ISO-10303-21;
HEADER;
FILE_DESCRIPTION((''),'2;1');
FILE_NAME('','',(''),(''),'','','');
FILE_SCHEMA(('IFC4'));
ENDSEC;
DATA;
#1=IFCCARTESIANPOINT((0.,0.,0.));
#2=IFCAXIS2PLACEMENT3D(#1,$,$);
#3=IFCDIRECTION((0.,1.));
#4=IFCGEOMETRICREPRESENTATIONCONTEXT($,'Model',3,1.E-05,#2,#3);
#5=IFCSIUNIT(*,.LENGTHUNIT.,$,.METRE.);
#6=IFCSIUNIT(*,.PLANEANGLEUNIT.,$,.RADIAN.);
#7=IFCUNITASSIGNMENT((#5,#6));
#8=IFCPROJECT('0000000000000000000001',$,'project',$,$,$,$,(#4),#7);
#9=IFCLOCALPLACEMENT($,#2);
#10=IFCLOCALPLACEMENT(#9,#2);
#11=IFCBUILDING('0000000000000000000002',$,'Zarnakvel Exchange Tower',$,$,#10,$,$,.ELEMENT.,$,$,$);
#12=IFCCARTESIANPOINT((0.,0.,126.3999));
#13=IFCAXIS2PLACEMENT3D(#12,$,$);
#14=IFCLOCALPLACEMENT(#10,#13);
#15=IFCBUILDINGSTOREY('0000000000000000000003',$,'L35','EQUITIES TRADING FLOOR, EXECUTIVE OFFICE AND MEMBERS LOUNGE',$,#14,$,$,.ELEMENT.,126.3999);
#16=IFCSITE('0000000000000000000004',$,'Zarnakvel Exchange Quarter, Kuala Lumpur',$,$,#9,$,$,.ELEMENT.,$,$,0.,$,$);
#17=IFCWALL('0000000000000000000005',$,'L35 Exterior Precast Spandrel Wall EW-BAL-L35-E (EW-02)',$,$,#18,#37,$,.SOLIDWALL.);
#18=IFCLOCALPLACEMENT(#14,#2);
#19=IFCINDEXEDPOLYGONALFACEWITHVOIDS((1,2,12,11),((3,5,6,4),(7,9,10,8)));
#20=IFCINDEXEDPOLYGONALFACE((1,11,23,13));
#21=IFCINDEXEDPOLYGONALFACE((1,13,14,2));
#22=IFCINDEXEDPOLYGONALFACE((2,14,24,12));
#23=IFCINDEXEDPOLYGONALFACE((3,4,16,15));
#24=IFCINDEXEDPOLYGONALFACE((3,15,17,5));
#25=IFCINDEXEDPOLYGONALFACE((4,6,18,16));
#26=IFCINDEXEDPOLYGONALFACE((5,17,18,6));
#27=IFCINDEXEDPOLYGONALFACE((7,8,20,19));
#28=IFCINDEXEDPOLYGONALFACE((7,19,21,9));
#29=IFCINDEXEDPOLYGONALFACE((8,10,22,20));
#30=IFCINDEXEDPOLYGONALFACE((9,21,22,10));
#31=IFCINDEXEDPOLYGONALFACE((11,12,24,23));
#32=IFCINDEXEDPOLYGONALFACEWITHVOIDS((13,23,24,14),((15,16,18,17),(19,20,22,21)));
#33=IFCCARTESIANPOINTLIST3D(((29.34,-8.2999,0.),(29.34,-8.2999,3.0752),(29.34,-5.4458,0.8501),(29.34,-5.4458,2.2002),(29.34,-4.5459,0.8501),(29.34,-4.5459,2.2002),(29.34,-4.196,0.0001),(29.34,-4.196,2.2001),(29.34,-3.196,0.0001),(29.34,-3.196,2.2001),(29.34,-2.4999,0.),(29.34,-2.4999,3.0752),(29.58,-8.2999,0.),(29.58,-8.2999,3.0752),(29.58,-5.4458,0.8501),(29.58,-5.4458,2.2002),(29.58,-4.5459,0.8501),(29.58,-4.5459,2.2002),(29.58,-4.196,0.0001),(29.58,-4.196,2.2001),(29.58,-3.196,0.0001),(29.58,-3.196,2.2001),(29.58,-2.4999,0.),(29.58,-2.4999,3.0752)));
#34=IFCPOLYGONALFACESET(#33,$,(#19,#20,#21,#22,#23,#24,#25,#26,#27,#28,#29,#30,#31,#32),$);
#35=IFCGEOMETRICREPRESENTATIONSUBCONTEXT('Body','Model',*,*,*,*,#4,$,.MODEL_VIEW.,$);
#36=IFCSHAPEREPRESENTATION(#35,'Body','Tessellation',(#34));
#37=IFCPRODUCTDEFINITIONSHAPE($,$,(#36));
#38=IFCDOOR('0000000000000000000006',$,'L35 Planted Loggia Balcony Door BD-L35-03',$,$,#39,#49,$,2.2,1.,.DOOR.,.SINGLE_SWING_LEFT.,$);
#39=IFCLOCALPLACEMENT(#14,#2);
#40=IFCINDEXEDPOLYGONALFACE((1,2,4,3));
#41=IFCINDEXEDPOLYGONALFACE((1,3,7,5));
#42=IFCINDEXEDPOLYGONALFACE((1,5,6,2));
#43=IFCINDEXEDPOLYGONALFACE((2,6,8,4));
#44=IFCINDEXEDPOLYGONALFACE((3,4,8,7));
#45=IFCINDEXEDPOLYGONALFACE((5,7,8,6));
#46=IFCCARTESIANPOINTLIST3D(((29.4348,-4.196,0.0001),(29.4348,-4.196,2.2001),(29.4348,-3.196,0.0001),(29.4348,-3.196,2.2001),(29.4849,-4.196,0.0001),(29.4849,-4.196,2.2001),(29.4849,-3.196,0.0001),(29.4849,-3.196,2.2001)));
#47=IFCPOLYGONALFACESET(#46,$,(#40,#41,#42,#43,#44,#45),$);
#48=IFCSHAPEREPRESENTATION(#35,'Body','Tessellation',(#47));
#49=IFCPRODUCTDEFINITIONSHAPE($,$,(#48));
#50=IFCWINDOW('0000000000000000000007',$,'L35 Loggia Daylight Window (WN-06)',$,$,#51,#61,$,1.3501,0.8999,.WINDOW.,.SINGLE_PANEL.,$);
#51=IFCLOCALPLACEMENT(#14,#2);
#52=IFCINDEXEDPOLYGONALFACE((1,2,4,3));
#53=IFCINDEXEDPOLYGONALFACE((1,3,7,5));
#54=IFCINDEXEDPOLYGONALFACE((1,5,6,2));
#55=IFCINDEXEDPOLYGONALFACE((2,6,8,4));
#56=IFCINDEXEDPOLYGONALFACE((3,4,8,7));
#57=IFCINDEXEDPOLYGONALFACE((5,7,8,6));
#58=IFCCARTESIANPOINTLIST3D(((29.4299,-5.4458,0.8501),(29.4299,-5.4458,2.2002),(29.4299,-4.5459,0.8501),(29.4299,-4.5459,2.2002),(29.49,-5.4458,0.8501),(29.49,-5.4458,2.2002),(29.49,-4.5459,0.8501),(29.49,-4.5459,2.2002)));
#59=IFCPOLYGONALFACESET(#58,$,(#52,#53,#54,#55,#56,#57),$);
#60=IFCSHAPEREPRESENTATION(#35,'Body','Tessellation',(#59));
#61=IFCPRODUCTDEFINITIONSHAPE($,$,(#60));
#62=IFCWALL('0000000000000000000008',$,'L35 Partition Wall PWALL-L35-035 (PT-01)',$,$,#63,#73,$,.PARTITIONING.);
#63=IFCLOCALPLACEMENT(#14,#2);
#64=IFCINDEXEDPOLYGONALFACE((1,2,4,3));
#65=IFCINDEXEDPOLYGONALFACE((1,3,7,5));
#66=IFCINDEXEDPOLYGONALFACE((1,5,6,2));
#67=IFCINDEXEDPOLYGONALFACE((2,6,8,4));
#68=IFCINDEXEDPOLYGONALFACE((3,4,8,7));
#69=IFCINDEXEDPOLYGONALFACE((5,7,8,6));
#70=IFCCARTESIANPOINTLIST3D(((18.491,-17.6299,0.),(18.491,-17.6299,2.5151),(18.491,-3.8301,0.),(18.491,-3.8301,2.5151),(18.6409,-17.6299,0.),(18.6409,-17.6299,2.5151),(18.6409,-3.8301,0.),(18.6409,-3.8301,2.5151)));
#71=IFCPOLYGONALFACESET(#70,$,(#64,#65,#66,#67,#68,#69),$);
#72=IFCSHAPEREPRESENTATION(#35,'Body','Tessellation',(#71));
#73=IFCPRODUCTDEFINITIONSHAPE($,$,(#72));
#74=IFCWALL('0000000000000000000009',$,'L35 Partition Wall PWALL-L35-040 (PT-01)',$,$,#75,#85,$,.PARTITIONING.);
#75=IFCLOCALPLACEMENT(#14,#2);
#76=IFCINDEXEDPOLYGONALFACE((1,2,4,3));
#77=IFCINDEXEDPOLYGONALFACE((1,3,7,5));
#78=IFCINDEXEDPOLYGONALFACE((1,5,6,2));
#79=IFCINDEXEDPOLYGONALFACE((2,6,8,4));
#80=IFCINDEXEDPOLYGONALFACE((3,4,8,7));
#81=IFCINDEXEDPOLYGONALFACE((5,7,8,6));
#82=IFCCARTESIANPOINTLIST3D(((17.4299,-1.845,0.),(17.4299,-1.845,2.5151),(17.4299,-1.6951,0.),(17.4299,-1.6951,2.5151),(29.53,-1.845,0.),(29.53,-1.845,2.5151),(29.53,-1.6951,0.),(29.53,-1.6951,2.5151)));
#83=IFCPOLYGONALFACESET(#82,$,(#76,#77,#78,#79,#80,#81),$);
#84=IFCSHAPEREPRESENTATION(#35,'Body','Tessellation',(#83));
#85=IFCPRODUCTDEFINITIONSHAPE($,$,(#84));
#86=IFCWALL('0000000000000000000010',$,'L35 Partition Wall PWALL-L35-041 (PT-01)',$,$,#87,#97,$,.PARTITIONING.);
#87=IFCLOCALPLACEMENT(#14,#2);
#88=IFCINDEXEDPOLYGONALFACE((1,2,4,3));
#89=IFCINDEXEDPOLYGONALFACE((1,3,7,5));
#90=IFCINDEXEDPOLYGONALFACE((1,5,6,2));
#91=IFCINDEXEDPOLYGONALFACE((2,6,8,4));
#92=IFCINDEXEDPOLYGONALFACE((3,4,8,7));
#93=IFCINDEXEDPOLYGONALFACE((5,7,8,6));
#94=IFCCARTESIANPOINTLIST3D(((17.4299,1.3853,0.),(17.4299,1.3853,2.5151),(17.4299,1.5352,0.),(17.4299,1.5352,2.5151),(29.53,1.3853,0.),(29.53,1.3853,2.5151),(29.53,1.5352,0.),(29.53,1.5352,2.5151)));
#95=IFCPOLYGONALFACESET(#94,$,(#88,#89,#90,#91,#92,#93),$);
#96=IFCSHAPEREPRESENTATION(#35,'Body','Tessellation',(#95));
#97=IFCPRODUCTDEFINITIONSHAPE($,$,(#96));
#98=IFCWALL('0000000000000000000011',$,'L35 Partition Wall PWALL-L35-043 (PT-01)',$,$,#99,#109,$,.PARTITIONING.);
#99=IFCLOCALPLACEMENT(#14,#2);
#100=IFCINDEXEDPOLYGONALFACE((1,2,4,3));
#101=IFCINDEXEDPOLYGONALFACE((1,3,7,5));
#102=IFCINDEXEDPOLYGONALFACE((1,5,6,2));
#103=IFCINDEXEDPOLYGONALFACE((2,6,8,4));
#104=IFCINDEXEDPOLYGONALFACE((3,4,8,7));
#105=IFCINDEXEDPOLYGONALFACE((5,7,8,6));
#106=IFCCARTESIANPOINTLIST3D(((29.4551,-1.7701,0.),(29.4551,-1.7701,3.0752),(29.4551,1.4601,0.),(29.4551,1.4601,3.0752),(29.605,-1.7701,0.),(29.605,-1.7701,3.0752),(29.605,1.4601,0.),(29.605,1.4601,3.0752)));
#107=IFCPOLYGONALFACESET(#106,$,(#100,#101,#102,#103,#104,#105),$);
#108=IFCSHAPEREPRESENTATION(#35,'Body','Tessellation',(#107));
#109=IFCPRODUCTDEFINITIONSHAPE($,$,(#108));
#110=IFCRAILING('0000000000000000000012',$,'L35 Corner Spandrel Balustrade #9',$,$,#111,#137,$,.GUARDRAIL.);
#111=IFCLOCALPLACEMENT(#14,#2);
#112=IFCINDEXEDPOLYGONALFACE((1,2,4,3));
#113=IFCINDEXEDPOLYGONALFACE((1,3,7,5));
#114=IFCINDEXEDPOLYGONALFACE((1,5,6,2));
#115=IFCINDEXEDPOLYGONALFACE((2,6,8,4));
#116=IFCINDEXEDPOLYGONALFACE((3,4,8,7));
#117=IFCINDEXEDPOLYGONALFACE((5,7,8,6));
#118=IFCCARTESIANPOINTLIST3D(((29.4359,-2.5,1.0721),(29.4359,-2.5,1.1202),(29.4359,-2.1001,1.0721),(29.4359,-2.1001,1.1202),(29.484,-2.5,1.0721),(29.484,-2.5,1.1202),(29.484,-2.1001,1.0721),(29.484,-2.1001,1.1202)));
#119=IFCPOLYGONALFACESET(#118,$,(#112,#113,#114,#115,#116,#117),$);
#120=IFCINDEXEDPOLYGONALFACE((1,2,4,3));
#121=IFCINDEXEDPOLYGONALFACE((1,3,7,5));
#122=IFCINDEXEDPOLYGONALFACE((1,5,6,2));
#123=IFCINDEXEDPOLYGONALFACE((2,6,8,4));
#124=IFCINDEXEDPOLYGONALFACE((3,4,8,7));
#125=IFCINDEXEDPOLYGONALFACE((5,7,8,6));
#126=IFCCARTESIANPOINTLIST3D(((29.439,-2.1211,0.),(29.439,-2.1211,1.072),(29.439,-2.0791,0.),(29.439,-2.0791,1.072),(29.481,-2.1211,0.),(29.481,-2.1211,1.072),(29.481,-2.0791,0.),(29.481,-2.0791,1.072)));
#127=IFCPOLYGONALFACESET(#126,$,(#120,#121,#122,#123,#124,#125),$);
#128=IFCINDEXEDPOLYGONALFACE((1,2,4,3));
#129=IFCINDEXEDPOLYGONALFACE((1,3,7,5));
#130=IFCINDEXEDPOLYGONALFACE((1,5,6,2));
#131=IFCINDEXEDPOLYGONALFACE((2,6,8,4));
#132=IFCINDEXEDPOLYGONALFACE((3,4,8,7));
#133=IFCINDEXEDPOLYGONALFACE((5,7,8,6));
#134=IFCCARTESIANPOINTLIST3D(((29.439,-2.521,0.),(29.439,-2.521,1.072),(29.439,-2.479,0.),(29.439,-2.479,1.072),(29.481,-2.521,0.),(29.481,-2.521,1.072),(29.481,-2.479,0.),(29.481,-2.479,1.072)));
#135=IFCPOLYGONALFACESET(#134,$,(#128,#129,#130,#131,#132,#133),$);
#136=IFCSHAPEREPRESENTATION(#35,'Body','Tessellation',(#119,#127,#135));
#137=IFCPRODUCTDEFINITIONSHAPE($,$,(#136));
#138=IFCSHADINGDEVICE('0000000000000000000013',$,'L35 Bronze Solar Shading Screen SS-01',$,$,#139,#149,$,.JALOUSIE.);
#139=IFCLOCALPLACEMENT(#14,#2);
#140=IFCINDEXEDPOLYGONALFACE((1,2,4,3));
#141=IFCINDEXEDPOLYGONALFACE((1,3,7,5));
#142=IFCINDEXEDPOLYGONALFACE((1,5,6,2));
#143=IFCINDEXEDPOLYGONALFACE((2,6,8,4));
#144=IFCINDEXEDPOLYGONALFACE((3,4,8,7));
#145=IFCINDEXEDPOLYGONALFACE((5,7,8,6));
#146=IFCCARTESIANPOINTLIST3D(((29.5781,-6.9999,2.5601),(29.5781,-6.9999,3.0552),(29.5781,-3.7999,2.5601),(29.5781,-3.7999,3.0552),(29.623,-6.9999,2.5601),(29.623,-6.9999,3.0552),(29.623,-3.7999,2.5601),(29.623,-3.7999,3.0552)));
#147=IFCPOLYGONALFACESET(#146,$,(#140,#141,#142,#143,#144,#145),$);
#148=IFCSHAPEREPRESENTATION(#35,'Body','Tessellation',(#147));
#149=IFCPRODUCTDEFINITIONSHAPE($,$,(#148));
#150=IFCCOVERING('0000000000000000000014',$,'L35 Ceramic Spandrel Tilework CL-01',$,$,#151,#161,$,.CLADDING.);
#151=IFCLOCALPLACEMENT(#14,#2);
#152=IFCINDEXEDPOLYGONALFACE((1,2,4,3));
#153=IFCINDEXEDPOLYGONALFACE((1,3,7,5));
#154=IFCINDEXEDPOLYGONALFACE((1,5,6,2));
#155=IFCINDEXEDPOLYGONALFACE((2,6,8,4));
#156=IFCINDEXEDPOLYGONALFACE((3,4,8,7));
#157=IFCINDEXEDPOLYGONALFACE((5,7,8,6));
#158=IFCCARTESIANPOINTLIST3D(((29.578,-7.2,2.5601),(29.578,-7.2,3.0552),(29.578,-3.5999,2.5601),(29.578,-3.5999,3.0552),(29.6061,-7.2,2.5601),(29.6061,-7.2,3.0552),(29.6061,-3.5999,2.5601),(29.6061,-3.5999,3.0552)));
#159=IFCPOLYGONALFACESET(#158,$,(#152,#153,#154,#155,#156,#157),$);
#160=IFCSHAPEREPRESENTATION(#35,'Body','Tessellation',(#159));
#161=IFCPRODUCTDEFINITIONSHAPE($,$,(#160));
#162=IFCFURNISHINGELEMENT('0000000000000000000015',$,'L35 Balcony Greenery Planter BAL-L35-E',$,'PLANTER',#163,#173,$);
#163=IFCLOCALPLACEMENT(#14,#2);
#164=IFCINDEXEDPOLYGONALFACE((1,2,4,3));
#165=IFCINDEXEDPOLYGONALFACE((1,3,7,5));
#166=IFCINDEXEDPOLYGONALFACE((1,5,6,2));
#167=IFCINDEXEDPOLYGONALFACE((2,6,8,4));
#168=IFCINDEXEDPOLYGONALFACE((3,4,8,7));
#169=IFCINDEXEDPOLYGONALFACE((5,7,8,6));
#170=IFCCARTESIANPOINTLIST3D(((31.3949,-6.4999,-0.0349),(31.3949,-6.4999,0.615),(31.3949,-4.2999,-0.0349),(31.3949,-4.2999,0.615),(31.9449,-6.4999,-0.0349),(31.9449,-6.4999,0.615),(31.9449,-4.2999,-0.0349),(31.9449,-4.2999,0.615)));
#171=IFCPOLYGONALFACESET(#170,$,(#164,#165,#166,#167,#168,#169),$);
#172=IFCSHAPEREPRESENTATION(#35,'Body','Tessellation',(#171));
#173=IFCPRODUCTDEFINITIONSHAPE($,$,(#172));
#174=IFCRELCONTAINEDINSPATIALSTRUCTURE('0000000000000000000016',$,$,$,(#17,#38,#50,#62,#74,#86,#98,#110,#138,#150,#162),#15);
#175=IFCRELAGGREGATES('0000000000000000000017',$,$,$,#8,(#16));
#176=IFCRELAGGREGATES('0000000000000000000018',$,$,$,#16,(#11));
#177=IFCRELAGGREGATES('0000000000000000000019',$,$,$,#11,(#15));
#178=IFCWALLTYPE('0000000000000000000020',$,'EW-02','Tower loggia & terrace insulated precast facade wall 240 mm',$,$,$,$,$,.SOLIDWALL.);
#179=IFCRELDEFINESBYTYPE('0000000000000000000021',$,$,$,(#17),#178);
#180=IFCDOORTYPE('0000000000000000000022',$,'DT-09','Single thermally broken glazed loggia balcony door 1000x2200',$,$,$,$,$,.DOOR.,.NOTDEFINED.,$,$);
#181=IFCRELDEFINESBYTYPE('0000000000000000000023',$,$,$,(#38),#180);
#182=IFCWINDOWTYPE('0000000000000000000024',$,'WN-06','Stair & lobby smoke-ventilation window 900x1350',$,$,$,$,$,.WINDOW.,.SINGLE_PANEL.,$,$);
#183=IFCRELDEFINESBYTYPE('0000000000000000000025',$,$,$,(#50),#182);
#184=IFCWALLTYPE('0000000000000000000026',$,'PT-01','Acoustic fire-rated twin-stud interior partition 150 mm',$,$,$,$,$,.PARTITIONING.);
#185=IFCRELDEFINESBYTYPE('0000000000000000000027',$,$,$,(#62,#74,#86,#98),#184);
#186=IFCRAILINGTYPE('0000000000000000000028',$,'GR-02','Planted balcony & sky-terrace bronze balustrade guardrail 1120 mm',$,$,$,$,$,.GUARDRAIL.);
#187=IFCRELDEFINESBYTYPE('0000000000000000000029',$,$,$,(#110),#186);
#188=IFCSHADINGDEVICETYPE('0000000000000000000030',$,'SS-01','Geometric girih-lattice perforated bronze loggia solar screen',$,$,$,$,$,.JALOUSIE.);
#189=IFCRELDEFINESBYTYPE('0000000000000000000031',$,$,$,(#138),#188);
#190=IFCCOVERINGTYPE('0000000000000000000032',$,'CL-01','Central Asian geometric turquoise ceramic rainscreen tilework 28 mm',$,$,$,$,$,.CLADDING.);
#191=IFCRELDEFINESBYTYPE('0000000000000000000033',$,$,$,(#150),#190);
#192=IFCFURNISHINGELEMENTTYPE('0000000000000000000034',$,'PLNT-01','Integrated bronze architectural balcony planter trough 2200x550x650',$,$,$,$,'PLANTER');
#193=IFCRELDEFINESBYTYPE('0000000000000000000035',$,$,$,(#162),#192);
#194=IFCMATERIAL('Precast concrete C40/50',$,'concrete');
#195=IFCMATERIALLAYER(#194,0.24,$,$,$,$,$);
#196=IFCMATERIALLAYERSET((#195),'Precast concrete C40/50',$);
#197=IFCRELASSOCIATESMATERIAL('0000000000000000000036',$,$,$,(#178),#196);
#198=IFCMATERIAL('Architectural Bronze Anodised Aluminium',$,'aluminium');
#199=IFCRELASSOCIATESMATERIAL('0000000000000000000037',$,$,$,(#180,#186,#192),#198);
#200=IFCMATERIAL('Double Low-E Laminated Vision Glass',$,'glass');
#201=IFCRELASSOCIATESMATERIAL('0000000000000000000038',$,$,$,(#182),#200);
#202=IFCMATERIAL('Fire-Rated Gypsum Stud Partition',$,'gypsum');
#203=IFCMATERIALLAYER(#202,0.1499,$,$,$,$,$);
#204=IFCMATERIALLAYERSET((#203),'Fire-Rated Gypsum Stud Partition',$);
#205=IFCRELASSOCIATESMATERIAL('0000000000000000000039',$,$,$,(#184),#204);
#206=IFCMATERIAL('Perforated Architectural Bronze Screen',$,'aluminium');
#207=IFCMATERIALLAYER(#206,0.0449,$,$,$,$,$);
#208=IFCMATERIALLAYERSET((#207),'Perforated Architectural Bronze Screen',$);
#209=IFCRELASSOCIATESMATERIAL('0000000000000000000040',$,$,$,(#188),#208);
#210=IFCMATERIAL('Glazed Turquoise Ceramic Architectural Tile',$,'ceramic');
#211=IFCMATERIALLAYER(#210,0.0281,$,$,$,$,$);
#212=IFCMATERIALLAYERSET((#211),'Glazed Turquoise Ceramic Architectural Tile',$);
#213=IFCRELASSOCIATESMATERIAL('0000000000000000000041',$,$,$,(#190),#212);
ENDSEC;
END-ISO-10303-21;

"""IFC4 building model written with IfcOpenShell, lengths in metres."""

from ifc_helpers import new_model, si_unit, direction, frame, frame_2d, origin, origin_2d, place, context, subcontext, project, spatial, rectangle, extrude, source, transform, mapped, material, layer, layer_set, type_object, element, fill, save


model = new_model("IFC4")

# Units and contexts
model_context = context("Model", 3, precision=1e-05, world=origin(), true_north=direction((0.0, 1.0)))
body_context = subcontext(model_context, "Body", "Model", "MODEL_VIEW")
ifc_project = project(units=[si_unit("LENGTHUNIT", "METRE"), si_unit("PLANEANGLEUNIT", "RADIAN")], contexts=[model_context])

# Site, building, storey
site_placement = place(None, origin())
site = spatial("IfcSite", under=ifc_project, at=site_placement, Name="Zarnakvel Exchange Quarter, Kuala Lumpur", CompositionType="ELEMENT", RefElevation=0.0)
building_placement = place(site_placement, origin())
building = spatial("IfcBuilding", under=site, at=building_placement, Name="Zarnakvel Exchange Tower", CompositionType="ELEMENT")
storey_placement = place(building_placement, frame((0.0, 0.0, 126.3999)))
storey = spatial("IfcBuildingStorey", under=building, at=storey_placement, Name="L35", Description="EQUITIES TRADING FLOOR, EXECUTIVE OFFICE AND MEMBERS LOUNGE", CompositionType="ELEMENT", Elevation=126.3999)

# Shared definitions
ifc_material_1 = material(Name="Architectural Bronze Anodised Aluminium", Category="aluminium")

# Wall, openings, door, window
ifc_material_2 = material(Name="Precast concrete C40/50", Category="concrete")
ifc_layer_1 = layer(ifc_material_2, 0.24)
ifc_layer_set_1 = layer_set([ifc_layer_1], Name="Precast concrete C40/50")
wall_type_1 = type_object("IfcWallType", Name="EW-02", Description="Tower loggia & terrace insulated precast facade wall 240 mm", PredefinedType="SOLIDWALL", material=ifc_layer_set_1)
wall_1_placement = place(storey_placement, frame((29.46, -2.5, 0.0), z_axis=(0.0, 0.0, 1.0), x_axis=(0.0, -1.0, 0.0)))
wall_1 = element("IfcWall", 1, at=wall_1_placement, inside=storey, type_object=wall_type_1, Name="L35 Exterior Precast Spandrel Wall EW-BAL-L35-E (EW-02)", PredefinedType="SOLIDWALL", context=body_context, shape_type="SweptSolid", body=[
    extrude(rectangle(XDim=5.8, YDim=0.24, at=frame_2d((2.8999, 0.0))), origin(), (0.0, 0.0, 1.0), 3.0752),
])
opening_1_placement = place(wall_1_placement, frame((0.696, 0.0, 0.0)))
opening_1 = element("IfcOpeningElement", 2, at=opening_1_placement, cuts=wall_1, PredefinedType="OPENING", context=body_context, shape_type="SweptSolid", body=[
    extrude(rectangle(XDim=1.0, YDim=2.2, at=frame_2d((0.5, 1.1001))), frame((0.0, 0.1299, 0.0), z_axis=(0.0, -1.0, 0.0), x_axis=(1.0, 0.0, 0.0)), (0.0, 0.0, 1.0), 0.26),
])
opening_2_placement = place(wall_1_placement, frame((2.0459, 0.0, 0.8501)))
opening_2 = element("IfcOpeningElement", 3, at=opening_2_placement, cuts=wall_1, PredefinedType="OPENING", context=body_context, shape_type="SweptSolid", body=[
    extrude(rectangle(XDim=0.8999, YDim=1.3501, at=frame_2d((0.45, 0.675))), frame((0.0, 0.1299, 0.0), z_axis=(0.0, -1.0, 0.0), x_axis=(1.0, 0.0, 0.0)), (0.0, 0.0, 1.0), 0.26),
])
door_type_1 = type_object("IfcDoorType", Name="DT-09", Description="Single thermally broken glazed loggia balcony door 1000x2200", OperationType="NOTDEFINED", PredefinedType="DOOR", material=ifc_material_1)
shared_shape_1 = source(origin(), body_context, "Body", "SweptSolid", [
    extrude(rectangle(XDim=1.0, YDim=2.2, at=frame_2d((0.5, 1.1001))), frame((0.0, 0.0249, 0.0), z_axis=(0.0, -1.0, 0.0), x_axis=(1.0, 0.0, 0.0)), (0.0, 0.0, 1.0), 0.05),
])
door_1_placement = place(opening_1_placement, origin())
door_1 = element("IfcDoor", 4, at=door_1_placement, inside=storey, type_object=door_type_1, Name="L35 Planted Loggia Balcony Door BD-L35-03", OperationType="SINGLE_SWING_LEFT", OverallHeight=2.2, OverallWidth=1.0, PredefinedType="DOOR", context=body_context, shape_type="MappedRepresentation", body=[
    mapped(shared_shape_1, transform((0.0, 0.0, 0.0), x_axis=(1.0, 0.0, 0.0), y_axis=(0.0, 1.0, 0.0), z_axis=(0.0, 0.0, 1.0), scale=1.0)),
])
fill(opening_1, door_1)
ifc_material_3 = material(Name="Double Low-E Laminated Vision Glass", Category="glass")
window_type = type_object("IfcWindowType", Name="WN-06", Description="Stair & lobby smoke-ventilation window 900x1350", PartitioningType="SINGLE_PANEL", PredefinedType="WINDOW", material=ifc_material_3)
shared_shape_2 = source(origin(), body_context, "Body", "SweptSolid", [
    extrude(rectangle(XDim=0.8999, YDim=1.3501, at=frame_2d((0.45, 0.675))), frame((0.0, 0.03, 0.0), z_axis=(0.0, -1.0, 0.0), x_axis=(1.0, 0.0, 0.0)), (0.0, 0.0, 1.0), 0.0601),
])
window_placement = place(opening_2_placement, origin())
window = element("IfcWindow", 5, at=window_placement, inside=storey, type_object=window_type, Name="L35 Loggia Daylight Window (WN-06)", OverallHeight=1.3501, OverallWidth=0.8999, PartitioningType="SINGLE_PANEL", PredefinedType="WINDOW", context=body_context, shape_type="MappedRepresentation", body=[
    mapped(shared_shape_2, transform((0.0, 0.0, 0.0), x_axis=(1.0, 0.0, 0.0), y_axis=(0.0, 1.0, 0.0), z_axis=(0.0, 0.0, 1.0), scale=1.0)),
])
fill(opening_2, window)

# Walls
ifc_material_4 = material(Name="Fire-Rated Gypsum Stud Partition", Category="gypsum")
ifc_layer_2 = layer(ifc_material_4, 0.1499)
ifc_layer_set_2 = layer_set([ifc_layer_2], Name="Fire-Rated Gypsum Stud Partition")
wall_type_2 = type_object("IfcWallType", Name="PT-01", Description="Acoustic fire-rated twin-stud interior partition 150 mm", PredefinedType="PARTITIONING", material=ifc_layer_set_2)
wall_2_placement = place(storey_placement, frame((18.5659, -3.8301, 0.0), z_axis=(0.0, 0.0, 1.0), x_axis=(0.0, -1.0, 0.0)))
element("IfcWall", 6, at=wall_2_placement, inside=storey, type_object=wall_type_2, Name="L35 Partition Wall PWALL-L35-035 (PT-01)", PredefinedType="PARTITIONING", context=body_context, shape_type="SweptSolid", body=[
    extrude(rectangle(XDim=13.7998, YDim=0.1499, at=frame_2d((6.8999, 0.0))), origin(), (0.0, 0.0, 1.0), 2.5151),
])
for number, where, z_axis, x_axis, name in (
    (7, (29.53, -1.77, 0.0), (0.0, 0.0, 1.0), (-1.0, 0.0, 0.0), "L35 Partition Wall PWALL-L35-040 (PT-01)"),
    (8, (17.4299, 1.4602, 0.0), (0.0, 0.0, 1.0), (1.0, 0.0, 0.0), "L35 Partition Wall PWALL-L35-041 (PT-01)"),
):
    element("IfcWall", number, at=place(storey_placement, frame(where, z_axis=z_axis, x_axis=x_axis)), inside=storey, type_object=wall_type_2, Name=name, PredefinedType="PARTITIONING", context=body_context, shape_type="SweptSolid", body=[
        extrude(rectangle(XDim=12.1001, YDim=0.1499, at=frame_2d((6.05, 0.0))), origin(), (0.0, 0.0, 1.0), 2.5151),
    ])

# Wall
wall_3_placement = place(storey_placement, frame((29.53, 1.4602, 0.0), z_axis=(0.0, 0.0, 1.0), x_axis=(0.0, -1.0, 0.0)))
element("IfcWall", 9, at=wall_3_placement, inside=storey, type_object=wall_type_2, Name="L35 Partition Wall PWALL-L35-043 (PT-01)", PredefinedType="PARTITIONING", context=body_context, shape_type="SweptSolid", body=[
    extrude(rectangle(XDim=3.2302, YDim=0.1499, at=frame_2d((1.6152, 0.0))), origin(), (0.0, 0.0, 1.0), 3.0752),
])

# Railing
railing_type = type_object("IfcRailingType", Name="GR-02", Description="Planted balcony & sky-terrace bronze balustrade guardrail 1120 mm", PredefinedType="GUARDRAIL", material=ifc_material_1)
railing_placement = place(storey_placement, frame((29.46, -2.1001, 0.0)))
element("IfcRailing", 10, at=railing_placement, inside=storey, type_object=railing_type, Name="L35 Corner Spandrel Balustrade #9", PredefinedType="GUARDRAIL", context=body_context, shape_type="SweptSolid", body=[
    extrude(rectangle(XDim=0.0481, YDim=0.0481, at=origin_2d()), frame((0.0, 0.0, 1.0962), z_axis=(0.0, -1.0, 0.0), x_axis=(1.0, 0.0, 0.0)), (0.0, 0.0, 1.0), 0.3999),
    extrude(rectangle(XDim=0.042, YDim=0.042, at=origin_2d()), origin(), (0.0, 0.0, 1.0), 1.072),
    extrude(rectangle(XDim=0.042, YDim=0.042, at=origin_2d()), frame((0.0, -0.3999, 0.0)), (0.0, 0.0, 1.0), 1.072),
])

# Shading device
ifc_material_5 = material(Name="Perforated Architectural Bronze Screen", Category="aluminium")
ifc_layer_3 = layer(ifc_material_5, 0.0449)
ifc_layer_set_3 = layer_set([ifc_layer_3], Name="Perforated Architectural Bronze Screen")
shading_device_type = type_object("IfcShadingDeviceType", Name="SS-01", Description="Geometric girih-lattice perforated bronze loggia solar screen", PredefinedType="JALOUSIE", material=ifc_layer_set_3)
shared_shape_3 = source(origin(), body_context, "Body", "SweptSolid", [
    extrude(rectangle(XDim=3.2, YDim=0.0449, at=origin_2d()), origin(), (0.0, 0.0, 1.0), 0.4951),
])
shading_device_placement = place(storey_placement, frame((29.6006, -5.3999, 2.5601), z_axis=(0.0, 0.0, 1.0), x_axis=(0.0, -1.0, 0.0)))
element("IfcShadingDevice", 11, at=shading_device_placement, inside=storey, type_object=shading_device_type, Name="L35 Bronze Solar Shading Screen SS-01", PredefinedType="JALOUSIE", context=body_context, shape_type="MappedRepresentation", body=[
    mapped(shared_shape_3, transform((0.0, 0.0, 0.0), x_axis=(1.0, 0.0, 0.0), y_axis=(0.0, 1.0, 0.0), z_axis=(0.0, 0.0, 1.0), scale=1.0)),
])

# Covering
ifc_material_6 = material(Name="Glazed Turquoise Ceramic Architectural Tile", Category="ceramic")
ifc_layer_4 = layer(ifc_material_6, 0.0281)
ifc_layer_set_4 = layer_set([ifc_layer_4], Name="Glazed Turquoise Ceramic Architectural Tile")
covering_type = type_object("IfcCoveringType", Name="CL-01", Description="Central Asian geometric turquoise ceramic rainscreen tilework 28 mm", PredefinedType="CLADDING", material=ifc_layer_set_4)
shared_shape_4 = source(origin(), body_context, "Body", "SweptSolid", [
    extrude(rectangle(XDim=3.6001, YDim=0.0281, at=origin_2d()), origin(), (0.0, 0.0, 1.0), 0.4951),
])
covering_placement = place(storey_placement, frame((29.592, -5.3999, 2.5601), z_axis=(0.0, 0.0, 1.0), x_axis=(0.0, -1.0, 0.0)))
element("IfcCovering", 12, at=covering_placement, inside=storey, type_object=covering_type, Name="L35 Ceramic Spandrel Tilework CL-01", PredefinedType="CLADDING", context=body_context, shape_type="MappedRepresentation", body=[
    mapped(shared_shape_4, transform((0.0, 0.0, 0.0), x_axis=(1.0, 0.0, 0.0), y_axis=(0.0, 1.0, 0.0), z_axis=(0.0, 0.0, 1.0), scale=1.0)),
])

# Furnishing element
furnishing_element_type = type_object("IfcFurnishingElementType", Name="PLNT-01", Description="Integrated bronze architectural balcony planter trough 2200x550x650", ElementType="PLANTER", material=ifc_material_1)
shared_shape_5 = source(origin(), body_context, "Body", "SweptSolid", [
    extrude(rectangle(XDim=2.2, YDim=0.55, at=origin_2d()), origin(), (0.0, 0.0, 1.0), 0.6499),
])
furnishing_placement = place(storey_placement, frame((31.6699, -5.3999, -0.0349), z_axis=(0.0, 0.0, 1.0), x_axis=(0.0, 1.0, 0.0)))
element("IfcFurnishingElement", 13, at=furnishing_placement, inside=storey, type_object=furnishing_element_type, Name="L35 Balcony Greenery Planter BAL-L35-E", ObjectType="PLANTER", context=body_context, shape_type="MappedRepresentation", body=[
    mapped(shared_shape_5, transform((0.0, 0.0, 0.0), x_axis=(1.0, 0.0, 0.0), y_axis=(0.0, 1.0, 0.0), z_axis=(0.0, 0.0, 1.0), scale=1.0)),
])

save(model, "model.ifc")
